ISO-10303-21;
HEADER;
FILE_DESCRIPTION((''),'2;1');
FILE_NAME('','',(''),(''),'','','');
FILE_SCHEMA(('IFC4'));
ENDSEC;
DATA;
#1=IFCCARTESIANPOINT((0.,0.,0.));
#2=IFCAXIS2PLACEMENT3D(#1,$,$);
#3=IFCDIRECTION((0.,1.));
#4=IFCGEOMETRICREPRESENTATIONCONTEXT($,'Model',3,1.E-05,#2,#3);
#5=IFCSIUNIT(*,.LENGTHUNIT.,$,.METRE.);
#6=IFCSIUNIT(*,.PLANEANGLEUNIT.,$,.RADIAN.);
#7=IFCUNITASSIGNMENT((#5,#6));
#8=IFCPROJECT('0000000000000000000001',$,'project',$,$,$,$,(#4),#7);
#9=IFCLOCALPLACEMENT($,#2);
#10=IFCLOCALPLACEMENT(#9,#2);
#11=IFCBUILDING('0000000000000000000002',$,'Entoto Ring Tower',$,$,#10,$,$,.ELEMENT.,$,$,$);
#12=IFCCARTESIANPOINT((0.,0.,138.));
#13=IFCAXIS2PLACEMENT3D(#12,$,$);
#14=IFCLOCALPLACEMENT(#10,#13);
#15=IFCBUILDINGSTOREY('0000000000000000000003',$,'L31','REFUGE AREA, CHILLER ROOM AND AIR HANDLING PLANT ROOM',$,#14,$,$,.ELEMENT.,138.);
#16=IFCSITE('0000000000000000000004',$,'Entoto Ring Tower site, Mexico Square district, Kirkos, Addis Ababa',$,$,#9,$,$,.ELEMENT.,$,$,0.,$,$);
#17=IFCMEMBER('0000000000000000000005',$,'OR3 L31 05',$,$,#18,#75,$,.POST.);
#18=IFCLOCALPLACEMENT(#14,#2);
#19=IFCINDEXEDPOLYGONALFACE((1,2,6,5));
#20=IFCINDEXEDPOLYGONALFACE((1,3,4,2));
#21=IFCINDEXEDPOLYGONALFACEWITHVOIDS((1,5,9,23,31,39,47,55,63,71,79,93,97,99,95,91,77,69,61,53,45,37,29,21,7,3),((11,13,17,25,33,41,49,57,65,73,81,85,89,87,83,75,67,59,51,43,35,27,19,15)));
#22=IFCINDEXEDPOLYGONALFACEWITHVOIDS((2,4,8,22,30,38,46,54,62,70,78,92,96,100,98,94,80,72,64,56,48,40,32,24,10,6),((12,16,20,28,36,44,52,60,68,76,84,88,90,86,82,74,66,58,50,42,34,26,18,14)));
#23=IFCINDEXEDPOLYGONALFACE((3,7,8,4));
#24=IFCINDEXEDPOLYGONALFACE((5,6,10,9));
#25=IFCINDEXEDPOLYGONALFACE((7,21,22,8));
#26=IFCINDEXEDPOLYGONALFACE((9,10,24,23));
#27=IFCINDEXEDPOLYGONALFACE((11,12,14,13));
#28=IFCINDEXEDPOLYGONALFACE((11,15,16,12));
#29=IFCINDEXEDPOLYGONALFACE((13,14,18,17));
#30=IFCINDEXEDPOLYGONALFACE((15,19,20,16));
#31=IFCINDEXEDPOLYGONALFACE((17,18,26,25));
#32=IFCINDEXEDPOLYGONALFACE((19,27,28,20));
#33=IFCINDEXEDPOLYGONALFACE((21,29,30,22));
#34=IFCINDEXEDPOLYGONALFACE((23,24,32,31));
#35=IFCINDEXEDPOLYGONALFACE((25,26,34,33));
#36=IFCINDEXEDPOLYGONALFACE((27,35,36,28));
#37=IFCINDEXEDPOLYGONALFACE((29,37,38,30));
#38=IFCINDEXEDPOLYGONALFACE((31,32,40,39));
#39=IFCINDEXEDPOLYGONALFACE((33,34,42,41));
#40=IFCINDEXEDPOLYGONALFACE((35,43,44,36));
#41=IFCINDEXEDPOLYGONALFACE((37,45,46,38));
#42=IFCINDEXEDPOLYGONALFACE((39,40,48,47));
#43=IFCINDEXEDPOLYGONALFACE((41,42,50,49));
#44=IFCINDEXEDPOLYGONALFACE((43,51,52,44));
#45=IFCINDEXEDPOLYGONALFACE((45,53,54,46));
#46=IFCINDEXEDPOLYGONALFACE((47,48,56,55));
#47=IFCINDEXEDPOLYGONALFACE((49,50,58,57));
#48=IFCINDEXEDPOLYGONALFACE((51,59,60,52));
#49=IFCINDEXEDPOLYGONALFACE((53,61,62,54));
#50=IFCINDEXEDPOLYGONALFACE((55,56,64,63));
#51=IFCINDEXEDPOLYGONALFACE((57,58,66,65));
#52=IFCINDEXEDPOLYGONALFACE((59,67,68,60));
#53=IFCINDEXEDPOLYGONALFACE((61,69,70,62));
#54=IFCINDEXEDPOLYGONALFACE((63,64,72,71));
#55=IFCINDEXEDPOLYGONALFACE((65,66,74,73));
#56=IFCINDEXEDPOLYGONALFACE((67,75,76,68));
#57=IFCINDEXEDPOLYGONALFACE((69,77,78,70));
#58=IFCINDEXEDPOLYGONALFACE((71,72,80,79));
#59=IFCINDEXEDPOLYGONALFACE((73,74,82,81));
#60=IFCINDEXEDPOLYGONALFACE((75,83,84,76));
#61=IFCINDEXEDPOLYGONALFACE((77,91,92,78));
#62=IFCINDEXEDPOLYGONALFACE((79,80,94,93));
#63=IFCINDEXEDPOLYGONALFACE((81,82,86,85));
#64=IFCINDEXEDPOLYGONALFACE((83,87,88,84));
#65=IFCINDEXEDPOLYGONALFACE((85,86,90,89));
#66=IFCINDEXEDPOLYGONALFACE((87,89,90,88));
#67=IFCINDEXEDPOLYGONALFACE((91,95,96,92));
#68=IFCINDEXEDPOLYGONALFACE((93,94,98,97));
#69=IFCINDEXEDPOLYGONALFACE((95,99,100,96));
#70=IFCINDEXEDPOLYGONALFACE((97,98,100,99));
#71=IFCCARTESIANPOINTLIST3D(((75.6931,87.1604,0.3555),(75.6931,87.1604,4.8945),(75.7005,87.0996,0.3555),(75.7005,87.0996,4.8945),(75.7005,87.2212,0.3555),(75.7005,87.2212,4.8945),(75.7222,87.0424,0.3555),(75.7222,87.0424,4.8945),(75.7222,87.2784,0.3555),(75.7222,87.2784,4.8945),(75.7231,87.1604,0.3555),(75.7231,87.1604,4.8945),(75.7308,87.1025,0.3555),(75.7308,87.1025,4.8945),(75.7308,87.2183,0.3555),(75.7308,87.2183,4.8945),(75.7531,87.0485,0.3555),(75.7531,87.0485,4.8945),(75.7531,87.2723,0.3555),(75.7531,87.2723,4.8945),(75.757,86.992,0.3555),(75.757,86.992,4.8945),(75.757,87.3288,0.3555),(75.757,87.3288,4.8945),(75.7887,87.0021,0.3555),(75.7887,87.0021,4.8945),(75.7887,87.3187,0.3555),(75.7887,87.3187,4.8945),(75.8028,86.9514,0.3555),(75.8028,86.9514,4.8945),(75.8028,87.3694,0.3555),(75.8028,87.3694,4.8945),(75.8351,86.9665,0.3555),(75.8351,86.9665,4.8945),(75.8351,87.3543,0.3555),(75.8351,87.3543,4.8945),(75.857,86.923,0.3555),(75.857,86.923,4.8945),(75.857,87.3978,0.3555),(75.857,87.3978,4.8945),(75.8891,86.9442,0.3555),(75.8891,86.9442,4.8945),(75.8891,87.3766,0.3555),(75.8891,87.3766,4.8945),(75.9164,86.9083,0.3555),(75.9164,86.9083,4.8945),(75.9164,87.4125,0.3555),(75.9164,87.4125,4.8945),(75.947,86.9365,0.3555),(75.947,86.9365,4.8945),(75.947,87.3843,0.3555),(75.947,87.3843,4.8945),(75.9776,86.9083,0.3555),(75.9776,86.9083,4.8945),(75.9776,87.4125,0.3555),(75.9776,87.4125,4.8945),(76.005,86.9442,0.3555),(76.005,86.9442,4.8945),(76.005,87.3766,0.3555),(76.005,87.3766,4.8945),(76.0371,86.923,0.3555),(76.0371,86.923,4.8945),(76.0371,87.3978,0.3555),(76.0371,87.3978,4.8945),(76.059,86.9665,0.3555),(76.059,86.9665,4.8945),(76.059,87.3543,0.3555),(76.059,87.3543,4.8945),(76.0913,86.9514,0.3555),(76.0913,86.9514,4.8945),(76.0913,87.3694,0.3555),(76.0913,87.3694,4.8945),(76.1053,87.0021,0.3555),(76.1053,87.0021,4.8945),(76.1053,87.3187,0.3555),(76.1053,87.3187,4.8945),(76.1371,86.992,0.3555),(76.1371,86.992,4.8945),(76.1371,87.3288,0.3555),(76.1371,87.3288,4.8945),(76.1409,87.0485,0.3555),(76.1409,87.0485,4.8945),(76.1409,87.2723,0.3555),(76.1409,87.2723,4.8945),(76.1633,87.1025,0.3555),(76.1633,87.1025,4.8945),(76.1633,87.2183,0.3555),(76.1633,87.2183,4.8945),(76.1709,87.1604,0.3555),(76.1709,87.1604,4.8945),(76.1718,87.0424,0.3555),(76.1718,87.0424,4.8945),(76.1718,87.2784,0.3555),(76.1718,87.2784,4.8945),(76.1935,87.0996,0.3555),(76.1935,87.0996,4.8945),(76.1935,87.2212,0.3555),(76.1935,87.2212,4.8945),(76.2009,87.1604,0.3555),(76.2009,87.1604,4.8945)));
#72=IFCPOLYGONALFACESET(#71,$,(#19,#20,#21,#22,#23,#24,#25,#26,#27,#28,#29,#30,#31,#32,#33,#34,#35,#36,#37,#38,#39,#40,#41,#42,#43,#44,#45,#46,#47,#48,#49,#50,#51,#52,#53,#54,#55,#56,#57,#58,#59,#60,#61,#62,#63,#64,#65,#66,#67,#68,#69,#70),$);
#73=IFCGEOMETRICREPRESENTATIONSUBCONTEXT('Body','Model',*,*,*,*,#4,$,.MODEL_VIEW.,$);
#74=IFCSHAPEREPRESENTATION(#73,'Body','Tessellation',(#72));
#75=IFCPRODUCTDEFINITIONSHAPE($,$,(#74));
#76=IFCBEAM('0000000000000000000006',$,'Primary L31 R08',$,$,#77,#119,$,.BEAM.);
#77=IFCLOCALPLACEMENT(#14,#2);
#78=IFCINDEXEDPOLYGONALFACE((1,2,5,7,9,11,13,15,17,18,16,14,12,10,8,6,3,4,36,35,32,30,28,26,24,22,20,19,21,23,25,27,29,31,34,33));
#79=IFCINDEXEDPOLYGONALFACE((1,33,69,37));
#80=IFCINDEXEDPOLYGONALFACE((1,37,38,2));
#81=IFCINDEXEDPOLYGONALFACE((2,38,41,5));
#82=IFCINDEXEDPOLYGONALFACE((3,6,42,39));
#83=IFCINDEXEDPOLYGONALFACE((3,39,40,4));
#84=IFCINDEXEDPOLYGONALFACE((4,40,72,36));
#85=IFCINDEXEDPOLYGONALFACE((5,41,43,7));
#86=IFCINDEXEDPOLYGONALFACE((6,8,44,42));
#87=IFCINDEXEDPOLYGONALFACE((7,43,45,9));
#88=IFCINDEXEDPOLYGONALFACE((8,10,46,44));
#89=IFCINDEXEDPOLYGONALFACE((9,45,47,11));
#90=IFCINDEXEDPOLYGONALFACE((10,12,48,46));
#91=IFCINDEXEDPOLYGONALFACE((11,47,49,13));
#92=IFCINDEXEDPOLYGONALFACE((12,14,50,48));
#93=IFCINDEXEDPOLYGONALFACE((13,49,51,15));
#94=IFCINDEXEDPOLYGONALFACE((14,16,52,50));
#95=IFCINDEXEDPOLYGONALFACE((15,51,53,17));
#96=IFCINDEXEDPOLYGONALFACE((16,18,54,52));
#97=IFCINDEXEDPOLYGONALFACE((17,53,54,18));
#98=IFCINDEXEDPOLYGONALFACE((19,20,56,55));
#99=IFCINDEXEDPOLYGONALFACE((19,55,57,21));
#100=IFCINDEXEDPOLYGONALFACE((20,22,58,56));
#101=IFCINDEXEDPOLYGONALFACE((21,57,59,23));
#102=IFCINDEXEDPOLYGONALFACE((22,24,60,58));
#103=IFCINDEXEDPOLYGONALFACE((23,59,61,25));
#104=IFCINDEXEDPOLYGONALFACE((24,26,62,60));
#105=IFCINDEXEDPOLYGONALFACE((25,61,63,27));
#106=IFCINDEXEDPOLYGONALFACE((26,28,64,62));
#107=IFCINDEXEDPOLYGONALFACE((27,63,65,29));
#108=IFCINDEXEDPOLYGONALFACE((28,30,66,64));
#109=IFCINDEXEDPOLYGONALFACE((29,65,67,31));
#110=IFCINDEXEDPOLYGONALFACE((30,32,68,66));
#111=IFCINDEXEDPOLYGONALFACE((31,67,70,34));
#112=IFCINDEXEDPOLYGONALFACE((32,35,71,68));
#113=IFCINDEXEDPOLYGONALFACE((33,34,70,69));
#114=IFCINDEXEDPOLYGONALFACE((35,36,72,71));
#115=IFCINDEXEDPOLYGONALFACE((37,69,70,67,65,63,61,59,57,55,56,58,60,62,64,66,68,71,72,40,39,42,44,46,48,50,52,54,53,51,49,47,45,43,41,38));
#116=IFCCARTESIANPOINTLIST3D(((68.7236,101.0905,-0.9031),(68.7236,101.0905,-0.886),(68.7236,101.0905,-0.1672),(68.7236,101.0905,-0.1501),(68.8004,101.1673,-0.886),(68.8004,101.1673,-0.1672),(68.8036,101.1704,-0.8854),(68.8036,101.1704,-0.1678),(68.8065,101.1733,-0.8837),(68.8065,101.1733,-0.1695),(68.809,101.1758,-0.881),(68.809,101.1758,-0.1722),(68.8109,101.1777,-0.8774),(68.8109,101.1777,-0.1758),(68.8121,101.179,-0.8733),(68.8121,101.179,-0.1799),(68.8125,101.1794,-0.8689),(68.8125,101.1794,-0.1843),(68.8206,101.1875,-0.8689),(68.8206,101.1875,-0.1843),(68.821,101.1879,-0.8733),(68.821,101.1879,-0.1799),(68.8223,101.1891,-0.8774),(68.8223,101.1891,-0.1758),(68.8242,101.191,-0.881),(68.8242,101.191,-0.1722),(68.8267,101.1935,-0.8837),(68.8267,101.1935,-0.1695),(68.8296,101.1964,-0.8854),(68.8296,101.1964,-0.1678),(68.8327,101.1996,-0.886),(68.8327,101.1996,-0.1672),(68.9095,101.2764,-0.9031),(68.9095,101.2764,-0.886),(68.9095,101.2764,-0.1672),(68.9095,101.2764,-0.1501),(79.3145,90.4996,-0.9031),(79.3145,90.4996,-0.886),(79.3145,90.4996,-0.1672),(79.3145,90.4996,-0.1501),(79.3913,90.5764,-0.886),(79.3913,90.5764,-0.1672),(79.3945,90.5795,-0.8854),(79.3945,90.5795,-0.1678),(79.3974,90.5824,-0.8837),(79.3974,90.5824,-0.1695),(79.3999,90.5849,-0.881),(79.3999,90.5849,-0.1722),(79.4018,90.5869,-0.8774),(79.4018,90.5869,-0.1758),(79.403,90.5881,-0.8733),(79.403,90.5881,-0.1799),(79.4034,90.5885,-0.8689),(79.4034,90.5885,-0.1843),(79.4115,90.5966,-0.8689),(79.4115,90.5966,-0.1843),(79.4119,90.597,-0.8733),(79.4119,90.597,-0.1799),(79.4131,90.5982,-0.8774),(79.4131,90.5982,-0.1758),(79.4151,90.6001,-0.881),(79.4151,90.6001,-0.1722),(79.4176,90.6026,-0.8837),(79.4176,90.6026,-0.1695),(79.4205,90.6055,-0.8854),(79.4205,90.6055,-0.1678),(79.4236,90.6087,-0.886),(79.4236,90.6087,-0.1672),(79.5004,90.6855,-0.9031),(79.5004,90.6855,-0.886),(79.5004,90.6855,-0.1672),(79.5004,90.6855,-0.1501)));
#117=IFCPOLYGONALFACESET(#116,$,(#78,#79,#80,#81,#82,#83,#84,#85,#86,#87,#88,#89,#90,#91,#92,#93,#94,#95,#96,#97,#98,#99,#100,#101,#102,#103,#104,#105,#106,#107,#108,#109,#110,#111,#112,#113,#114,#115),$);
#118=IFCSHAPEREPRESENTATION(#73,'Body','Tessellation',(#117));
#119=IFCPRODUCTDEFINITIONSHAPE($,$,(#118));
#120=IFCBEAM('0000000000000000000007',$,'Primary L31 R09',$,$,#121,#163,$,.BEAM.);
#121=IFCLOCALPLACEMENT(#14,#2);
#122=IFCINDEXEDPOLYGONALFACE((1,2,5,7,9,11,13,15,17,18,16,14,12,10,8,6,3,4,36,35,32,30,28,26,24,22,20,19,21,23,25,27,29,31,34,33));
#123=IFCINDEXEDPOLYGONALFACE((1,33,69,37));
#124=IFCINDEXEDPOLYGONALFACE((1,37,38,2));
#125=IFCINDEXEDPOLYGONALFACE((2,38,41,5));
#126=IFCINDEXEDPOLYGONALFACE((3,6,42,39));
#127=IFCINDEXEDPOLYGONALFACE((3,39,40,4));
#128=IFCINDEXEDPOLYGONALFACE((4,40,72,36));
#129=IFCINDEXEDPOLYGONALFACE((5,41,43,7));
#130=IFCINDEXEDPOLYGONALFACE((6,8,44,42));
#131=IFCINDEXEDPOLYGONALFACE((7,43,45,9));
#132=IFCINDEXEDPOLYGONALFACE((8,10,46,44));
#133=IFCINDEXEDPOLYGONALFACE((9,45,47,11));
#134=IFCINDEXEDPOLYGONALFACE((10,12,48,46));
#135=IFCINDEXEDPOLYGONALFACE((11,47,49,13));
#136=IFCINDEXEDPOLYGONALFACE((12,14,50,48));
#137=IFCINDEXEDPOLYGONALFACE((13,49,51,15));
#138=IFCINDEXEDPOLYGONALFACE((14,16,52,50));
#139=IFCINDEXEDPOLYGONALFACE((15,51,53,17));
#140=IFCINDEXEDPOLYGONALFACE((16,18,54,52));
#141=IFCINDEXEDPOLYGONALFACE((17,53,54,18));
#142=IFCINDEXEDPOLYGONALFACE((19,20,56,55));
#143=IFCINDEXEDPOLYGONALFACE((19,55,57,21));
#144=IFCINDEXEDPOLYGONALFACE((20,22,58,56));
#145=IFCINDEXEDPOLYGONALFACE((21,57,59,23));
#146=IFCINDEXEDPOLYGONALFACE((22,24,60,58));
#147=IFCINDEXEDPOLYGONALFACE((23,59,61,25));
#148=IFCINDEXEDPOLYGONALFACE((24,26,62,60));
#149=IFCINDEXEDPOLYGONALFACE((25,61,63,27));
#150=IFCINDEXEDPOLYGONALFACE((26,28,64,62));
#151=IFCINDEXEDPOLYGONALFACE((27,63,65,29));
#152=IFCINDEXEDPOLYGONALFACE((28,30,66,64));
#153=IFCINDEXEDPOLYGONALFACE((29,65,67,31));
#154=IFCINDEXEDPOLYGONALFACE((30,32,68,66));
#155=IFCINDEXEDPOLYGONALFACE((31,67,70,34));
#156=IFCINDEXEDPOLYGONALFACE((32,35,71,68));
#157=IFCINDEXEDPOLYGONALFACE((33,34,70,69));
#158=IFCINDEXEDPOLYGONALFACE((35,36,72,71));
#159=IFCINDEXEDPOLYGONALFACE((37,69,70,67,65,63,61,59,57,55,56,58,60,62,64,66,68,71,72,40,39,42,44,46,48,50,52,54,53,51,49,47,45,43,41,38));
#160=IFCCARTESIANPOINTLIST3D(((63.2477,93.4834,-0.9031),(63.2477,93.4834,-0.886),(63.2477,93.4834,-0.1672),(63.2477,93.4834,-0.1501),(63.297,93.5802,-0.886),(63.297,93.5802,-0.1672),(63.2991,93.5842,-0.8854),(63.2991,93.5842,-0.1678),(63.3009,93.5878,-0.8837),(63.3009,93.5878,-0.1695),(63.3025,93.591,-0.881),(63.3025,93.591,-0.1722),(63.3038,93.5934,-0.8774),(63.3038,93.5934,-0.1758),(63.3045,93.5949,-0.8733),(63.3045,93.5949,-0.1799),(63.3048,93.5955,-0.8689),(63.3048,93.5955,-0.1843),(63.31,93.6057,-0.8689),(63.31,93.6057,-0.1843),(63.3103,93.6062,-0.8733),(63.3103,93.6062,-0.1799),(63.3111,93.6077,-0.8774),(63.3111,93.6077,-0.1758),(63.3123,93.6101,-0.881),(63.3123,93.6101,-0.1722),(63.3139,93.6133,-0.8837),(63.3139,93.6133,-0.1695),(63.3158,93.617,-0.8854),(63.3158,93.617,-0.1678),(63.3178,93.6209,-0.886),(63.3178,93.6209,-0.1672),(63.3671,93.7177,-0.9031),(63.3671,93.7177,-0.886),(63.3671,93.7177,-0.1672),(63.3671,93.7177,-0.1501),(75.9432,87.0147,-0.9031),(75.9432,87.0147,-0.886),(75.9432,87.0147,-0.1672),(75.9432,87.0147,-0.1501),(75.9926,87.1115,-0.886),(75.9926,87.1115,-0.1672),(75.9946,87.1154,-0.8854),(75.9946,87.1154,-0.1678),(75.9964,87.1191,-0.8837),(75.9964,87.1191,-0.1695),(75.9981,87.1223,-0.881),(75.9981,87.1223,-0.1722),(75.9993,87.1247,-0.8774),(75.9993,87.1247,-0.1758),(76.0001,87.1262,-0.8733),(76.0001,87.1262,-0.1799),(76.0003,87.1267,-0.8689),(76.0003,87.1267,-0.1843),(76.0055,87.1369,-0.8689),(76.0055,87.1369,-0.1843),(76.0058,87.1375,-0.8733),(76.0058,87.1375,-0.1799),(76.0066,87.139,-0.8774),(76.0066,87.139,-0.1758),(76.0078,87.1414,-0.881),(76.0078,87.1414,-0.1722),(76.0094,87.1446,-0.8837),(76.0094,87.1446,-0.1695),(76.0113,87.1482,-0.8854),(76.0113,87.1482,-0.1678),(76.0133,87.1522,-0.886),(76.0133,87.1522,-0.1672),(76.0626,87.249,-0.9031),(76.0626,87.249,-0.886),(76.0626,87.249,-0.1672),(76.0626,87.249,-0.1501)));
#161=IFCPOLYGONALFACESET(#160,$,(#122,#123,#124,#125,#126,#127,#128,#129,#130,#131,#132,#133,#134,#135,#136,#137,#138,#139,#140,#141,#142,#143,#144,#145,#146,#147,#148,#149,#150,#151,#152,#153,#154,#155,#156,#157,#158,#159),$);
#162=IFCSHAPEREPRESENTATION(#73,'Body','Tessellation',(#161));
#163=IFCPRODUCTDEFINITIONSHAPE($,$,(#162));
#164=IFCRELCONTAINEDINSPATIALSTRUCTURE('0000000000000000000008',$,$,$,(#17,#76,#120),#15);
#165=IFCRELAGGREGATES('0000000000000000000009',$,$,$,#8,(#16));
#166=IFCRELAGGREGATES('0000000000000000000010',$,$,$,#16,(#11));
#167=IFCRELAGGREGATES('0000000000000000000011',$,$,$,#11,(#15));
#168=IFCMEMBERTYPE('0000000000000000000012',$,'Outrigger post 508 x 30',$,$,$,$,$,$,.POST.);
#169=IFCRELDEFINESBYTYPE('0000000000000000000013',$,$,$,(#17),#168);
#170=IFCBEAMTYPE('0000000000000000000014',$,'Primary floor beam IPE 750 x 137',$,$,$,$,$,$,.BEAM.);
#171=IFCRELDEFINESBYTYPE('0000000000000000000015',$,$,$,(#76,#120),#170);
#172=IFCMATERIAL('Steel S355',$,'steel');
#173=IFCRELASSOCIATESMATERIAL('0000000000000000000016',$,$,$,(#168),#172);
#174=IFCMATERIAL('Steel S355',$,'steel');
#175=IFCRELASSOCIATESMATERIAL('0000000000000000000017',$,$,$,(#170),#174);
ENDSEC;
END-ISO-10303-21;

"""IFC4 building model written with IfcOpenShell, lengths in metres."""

from ifc_helpers import new_model, si_unit, direction, frame, origin, origin_2d, place, context, subcontext, project, spatial, circle, hollow_circle, i_section, extrude, material, material_profile, profile_set, type_object, element, save


model = new_model("IFC4")

# Units and contexts
model_context = context("Model", 3, precision=1e-05, world=origin(), true_north=direction((0.0, 1.0)))
body_context = subcontext(model_context, "Body", "Model", "MODEL_VIEW")
ifc_project = project(units=[si_unit("LENGTHUNIT", "METRE"), si_unit("PLANEANGLEUNIT", "RADIAN")], contexts=[model_context])

# Site, building, storey
site_placement = place(None, origin())
site = spatial("IfcSite", under=ifc_project, at=site_placement, Name="Entoto Ring Tower site, Mexico Square district, Kirkos, Addis Ababa", CompositionType="ELEMENT", RefElevation=0.0)
building_placement = place(site_placement, origin())
building = spatial("IfcBuilding", under=site, at=building_placement, Name="Entoto Ring Tower", CompositionType="ELEMENT")
storey_placement = place(building_placement, frame((0.0, 0.0, 138.0)))
storey = spatial("IfcBuildingStorey", under=building, at=storey_placement, Name="L31", Description="REFUGE AREA, CHILLER ROOM AND AIR HANDLING PLANT ROOM", CompositionType="ELEMENT", Elevation=138.0)

# Member
ifc_material_1 = material(Name="Steel S355", Category="steel")
ifc_material_profile_1 = material_profile(ifc_material_1, hollow_circle(Radius=0.2539, WallThickness=0.03, at=origin_2d()), Name="CHS 508 x 30")
ifc_material_2 = material(Name="Concrete C60/75", Category="concrete")
ifc_material_profile_2 = material_profile(ifc_material_2, circle(Radius=0.2241, at=origin_2d()), Name="Concrete C60/75 infill")
ifc_profile_set_1 = profile_set([ifc_material_profile_1, ifc_material_profile_2], Name="Steel S355")
member_type_1 = type_object("IfcMemberType", Name="Outrigger post 508 x 30", PredefinedType="POST", material=ifc_profile_set_1)
member_1_placement = place(storey_placement, frame((75.947, 87.1604, 0.3555), z_axis=(0.0, 0.0, 1.0), x_axis=(1.0, 0.0, 0.0)))
element("IfcMember", 1, at=member_1_placement, inside=storey, type_object=member_type_1, Name="OR3 L31 05", PredefinedType="POST", context=body_context, shape_type="SweptSolid", body=[
    extrude(hollow_circle(Radius=0.2539, WallThickness=0.03, at=origin_2d()), origin(), (0.0, 0.0, 1.0), 4.5391),
])

# Beams
ifc_material_3 = material(Name="Steel S355", Category="steel")
ifc_material_profile_3 = material_profile(ifc_material_3, i_section(OverallWidth=0.2629, OverallDepth=0.7529, WebThickness=0.0115, FlangeThickness=0.0171, FilletRadius=0.0171, at=origin_2d()), Name="IPE 750 x 137")
ifc_profile_set_2 = profile_set([ifc_material_profile_3], Name="Steel S355")
beam_type_1 = type_object("IfcBeamType", Name="Primary floor beam IPE 750 x 137", PredefinedType="BEAM", material=ifc_profile_set_2)
beam_1_placement = place(storey_placement, frame((79.4075, 90.5925, -0.5266), z_axis=(-0.707107, 0.707107, 0.0), x_axis=(-0.707107, -0.707107, 0.0)))
element("IfcBeam", 2, at=beam_1_placement, inside=storey, type_object=beam_type_1, Name="Primary L31 R08", PredefinedType="BEAM", context=body_context, shape_type="SweptSolid", body=[
    extrude(i_section(OverallWidth=0.2629, OverallDepth=0.7529, WebThickness=0.0115, FlangeThickness=0.0171, FilletRadius=0.0171, at=origin_2d()), origin(), (0.0, 0.0, 1.0), 14.9778),
])
beam_2_placement = place(storey_placement, frame((76.0029, 87.1318, -0.5266), z_axis=(-0.891005, 0.453993, 0.0), x_axis=(-0.453993, -0.891005, 0.0)))
element("IfcBeam", 3, at=beam_2_placement, inside=storey, type_object=beam_type_1, Name="Primary L31 R09", PredefinedType="BEAM", context=body_context, shape_type="SweptSolid", body=[
    extrude(i_section(OverallWidth=0.2629, OverallDepth=0.7529, WebThickness=0.0115, FlangeThickness=0.0171, FilletRadius=0.0171, at=origin_2d()), origin(), (0.0, 0.0, 1.0), 14.2485),
])

save(model, "model.ifc")
